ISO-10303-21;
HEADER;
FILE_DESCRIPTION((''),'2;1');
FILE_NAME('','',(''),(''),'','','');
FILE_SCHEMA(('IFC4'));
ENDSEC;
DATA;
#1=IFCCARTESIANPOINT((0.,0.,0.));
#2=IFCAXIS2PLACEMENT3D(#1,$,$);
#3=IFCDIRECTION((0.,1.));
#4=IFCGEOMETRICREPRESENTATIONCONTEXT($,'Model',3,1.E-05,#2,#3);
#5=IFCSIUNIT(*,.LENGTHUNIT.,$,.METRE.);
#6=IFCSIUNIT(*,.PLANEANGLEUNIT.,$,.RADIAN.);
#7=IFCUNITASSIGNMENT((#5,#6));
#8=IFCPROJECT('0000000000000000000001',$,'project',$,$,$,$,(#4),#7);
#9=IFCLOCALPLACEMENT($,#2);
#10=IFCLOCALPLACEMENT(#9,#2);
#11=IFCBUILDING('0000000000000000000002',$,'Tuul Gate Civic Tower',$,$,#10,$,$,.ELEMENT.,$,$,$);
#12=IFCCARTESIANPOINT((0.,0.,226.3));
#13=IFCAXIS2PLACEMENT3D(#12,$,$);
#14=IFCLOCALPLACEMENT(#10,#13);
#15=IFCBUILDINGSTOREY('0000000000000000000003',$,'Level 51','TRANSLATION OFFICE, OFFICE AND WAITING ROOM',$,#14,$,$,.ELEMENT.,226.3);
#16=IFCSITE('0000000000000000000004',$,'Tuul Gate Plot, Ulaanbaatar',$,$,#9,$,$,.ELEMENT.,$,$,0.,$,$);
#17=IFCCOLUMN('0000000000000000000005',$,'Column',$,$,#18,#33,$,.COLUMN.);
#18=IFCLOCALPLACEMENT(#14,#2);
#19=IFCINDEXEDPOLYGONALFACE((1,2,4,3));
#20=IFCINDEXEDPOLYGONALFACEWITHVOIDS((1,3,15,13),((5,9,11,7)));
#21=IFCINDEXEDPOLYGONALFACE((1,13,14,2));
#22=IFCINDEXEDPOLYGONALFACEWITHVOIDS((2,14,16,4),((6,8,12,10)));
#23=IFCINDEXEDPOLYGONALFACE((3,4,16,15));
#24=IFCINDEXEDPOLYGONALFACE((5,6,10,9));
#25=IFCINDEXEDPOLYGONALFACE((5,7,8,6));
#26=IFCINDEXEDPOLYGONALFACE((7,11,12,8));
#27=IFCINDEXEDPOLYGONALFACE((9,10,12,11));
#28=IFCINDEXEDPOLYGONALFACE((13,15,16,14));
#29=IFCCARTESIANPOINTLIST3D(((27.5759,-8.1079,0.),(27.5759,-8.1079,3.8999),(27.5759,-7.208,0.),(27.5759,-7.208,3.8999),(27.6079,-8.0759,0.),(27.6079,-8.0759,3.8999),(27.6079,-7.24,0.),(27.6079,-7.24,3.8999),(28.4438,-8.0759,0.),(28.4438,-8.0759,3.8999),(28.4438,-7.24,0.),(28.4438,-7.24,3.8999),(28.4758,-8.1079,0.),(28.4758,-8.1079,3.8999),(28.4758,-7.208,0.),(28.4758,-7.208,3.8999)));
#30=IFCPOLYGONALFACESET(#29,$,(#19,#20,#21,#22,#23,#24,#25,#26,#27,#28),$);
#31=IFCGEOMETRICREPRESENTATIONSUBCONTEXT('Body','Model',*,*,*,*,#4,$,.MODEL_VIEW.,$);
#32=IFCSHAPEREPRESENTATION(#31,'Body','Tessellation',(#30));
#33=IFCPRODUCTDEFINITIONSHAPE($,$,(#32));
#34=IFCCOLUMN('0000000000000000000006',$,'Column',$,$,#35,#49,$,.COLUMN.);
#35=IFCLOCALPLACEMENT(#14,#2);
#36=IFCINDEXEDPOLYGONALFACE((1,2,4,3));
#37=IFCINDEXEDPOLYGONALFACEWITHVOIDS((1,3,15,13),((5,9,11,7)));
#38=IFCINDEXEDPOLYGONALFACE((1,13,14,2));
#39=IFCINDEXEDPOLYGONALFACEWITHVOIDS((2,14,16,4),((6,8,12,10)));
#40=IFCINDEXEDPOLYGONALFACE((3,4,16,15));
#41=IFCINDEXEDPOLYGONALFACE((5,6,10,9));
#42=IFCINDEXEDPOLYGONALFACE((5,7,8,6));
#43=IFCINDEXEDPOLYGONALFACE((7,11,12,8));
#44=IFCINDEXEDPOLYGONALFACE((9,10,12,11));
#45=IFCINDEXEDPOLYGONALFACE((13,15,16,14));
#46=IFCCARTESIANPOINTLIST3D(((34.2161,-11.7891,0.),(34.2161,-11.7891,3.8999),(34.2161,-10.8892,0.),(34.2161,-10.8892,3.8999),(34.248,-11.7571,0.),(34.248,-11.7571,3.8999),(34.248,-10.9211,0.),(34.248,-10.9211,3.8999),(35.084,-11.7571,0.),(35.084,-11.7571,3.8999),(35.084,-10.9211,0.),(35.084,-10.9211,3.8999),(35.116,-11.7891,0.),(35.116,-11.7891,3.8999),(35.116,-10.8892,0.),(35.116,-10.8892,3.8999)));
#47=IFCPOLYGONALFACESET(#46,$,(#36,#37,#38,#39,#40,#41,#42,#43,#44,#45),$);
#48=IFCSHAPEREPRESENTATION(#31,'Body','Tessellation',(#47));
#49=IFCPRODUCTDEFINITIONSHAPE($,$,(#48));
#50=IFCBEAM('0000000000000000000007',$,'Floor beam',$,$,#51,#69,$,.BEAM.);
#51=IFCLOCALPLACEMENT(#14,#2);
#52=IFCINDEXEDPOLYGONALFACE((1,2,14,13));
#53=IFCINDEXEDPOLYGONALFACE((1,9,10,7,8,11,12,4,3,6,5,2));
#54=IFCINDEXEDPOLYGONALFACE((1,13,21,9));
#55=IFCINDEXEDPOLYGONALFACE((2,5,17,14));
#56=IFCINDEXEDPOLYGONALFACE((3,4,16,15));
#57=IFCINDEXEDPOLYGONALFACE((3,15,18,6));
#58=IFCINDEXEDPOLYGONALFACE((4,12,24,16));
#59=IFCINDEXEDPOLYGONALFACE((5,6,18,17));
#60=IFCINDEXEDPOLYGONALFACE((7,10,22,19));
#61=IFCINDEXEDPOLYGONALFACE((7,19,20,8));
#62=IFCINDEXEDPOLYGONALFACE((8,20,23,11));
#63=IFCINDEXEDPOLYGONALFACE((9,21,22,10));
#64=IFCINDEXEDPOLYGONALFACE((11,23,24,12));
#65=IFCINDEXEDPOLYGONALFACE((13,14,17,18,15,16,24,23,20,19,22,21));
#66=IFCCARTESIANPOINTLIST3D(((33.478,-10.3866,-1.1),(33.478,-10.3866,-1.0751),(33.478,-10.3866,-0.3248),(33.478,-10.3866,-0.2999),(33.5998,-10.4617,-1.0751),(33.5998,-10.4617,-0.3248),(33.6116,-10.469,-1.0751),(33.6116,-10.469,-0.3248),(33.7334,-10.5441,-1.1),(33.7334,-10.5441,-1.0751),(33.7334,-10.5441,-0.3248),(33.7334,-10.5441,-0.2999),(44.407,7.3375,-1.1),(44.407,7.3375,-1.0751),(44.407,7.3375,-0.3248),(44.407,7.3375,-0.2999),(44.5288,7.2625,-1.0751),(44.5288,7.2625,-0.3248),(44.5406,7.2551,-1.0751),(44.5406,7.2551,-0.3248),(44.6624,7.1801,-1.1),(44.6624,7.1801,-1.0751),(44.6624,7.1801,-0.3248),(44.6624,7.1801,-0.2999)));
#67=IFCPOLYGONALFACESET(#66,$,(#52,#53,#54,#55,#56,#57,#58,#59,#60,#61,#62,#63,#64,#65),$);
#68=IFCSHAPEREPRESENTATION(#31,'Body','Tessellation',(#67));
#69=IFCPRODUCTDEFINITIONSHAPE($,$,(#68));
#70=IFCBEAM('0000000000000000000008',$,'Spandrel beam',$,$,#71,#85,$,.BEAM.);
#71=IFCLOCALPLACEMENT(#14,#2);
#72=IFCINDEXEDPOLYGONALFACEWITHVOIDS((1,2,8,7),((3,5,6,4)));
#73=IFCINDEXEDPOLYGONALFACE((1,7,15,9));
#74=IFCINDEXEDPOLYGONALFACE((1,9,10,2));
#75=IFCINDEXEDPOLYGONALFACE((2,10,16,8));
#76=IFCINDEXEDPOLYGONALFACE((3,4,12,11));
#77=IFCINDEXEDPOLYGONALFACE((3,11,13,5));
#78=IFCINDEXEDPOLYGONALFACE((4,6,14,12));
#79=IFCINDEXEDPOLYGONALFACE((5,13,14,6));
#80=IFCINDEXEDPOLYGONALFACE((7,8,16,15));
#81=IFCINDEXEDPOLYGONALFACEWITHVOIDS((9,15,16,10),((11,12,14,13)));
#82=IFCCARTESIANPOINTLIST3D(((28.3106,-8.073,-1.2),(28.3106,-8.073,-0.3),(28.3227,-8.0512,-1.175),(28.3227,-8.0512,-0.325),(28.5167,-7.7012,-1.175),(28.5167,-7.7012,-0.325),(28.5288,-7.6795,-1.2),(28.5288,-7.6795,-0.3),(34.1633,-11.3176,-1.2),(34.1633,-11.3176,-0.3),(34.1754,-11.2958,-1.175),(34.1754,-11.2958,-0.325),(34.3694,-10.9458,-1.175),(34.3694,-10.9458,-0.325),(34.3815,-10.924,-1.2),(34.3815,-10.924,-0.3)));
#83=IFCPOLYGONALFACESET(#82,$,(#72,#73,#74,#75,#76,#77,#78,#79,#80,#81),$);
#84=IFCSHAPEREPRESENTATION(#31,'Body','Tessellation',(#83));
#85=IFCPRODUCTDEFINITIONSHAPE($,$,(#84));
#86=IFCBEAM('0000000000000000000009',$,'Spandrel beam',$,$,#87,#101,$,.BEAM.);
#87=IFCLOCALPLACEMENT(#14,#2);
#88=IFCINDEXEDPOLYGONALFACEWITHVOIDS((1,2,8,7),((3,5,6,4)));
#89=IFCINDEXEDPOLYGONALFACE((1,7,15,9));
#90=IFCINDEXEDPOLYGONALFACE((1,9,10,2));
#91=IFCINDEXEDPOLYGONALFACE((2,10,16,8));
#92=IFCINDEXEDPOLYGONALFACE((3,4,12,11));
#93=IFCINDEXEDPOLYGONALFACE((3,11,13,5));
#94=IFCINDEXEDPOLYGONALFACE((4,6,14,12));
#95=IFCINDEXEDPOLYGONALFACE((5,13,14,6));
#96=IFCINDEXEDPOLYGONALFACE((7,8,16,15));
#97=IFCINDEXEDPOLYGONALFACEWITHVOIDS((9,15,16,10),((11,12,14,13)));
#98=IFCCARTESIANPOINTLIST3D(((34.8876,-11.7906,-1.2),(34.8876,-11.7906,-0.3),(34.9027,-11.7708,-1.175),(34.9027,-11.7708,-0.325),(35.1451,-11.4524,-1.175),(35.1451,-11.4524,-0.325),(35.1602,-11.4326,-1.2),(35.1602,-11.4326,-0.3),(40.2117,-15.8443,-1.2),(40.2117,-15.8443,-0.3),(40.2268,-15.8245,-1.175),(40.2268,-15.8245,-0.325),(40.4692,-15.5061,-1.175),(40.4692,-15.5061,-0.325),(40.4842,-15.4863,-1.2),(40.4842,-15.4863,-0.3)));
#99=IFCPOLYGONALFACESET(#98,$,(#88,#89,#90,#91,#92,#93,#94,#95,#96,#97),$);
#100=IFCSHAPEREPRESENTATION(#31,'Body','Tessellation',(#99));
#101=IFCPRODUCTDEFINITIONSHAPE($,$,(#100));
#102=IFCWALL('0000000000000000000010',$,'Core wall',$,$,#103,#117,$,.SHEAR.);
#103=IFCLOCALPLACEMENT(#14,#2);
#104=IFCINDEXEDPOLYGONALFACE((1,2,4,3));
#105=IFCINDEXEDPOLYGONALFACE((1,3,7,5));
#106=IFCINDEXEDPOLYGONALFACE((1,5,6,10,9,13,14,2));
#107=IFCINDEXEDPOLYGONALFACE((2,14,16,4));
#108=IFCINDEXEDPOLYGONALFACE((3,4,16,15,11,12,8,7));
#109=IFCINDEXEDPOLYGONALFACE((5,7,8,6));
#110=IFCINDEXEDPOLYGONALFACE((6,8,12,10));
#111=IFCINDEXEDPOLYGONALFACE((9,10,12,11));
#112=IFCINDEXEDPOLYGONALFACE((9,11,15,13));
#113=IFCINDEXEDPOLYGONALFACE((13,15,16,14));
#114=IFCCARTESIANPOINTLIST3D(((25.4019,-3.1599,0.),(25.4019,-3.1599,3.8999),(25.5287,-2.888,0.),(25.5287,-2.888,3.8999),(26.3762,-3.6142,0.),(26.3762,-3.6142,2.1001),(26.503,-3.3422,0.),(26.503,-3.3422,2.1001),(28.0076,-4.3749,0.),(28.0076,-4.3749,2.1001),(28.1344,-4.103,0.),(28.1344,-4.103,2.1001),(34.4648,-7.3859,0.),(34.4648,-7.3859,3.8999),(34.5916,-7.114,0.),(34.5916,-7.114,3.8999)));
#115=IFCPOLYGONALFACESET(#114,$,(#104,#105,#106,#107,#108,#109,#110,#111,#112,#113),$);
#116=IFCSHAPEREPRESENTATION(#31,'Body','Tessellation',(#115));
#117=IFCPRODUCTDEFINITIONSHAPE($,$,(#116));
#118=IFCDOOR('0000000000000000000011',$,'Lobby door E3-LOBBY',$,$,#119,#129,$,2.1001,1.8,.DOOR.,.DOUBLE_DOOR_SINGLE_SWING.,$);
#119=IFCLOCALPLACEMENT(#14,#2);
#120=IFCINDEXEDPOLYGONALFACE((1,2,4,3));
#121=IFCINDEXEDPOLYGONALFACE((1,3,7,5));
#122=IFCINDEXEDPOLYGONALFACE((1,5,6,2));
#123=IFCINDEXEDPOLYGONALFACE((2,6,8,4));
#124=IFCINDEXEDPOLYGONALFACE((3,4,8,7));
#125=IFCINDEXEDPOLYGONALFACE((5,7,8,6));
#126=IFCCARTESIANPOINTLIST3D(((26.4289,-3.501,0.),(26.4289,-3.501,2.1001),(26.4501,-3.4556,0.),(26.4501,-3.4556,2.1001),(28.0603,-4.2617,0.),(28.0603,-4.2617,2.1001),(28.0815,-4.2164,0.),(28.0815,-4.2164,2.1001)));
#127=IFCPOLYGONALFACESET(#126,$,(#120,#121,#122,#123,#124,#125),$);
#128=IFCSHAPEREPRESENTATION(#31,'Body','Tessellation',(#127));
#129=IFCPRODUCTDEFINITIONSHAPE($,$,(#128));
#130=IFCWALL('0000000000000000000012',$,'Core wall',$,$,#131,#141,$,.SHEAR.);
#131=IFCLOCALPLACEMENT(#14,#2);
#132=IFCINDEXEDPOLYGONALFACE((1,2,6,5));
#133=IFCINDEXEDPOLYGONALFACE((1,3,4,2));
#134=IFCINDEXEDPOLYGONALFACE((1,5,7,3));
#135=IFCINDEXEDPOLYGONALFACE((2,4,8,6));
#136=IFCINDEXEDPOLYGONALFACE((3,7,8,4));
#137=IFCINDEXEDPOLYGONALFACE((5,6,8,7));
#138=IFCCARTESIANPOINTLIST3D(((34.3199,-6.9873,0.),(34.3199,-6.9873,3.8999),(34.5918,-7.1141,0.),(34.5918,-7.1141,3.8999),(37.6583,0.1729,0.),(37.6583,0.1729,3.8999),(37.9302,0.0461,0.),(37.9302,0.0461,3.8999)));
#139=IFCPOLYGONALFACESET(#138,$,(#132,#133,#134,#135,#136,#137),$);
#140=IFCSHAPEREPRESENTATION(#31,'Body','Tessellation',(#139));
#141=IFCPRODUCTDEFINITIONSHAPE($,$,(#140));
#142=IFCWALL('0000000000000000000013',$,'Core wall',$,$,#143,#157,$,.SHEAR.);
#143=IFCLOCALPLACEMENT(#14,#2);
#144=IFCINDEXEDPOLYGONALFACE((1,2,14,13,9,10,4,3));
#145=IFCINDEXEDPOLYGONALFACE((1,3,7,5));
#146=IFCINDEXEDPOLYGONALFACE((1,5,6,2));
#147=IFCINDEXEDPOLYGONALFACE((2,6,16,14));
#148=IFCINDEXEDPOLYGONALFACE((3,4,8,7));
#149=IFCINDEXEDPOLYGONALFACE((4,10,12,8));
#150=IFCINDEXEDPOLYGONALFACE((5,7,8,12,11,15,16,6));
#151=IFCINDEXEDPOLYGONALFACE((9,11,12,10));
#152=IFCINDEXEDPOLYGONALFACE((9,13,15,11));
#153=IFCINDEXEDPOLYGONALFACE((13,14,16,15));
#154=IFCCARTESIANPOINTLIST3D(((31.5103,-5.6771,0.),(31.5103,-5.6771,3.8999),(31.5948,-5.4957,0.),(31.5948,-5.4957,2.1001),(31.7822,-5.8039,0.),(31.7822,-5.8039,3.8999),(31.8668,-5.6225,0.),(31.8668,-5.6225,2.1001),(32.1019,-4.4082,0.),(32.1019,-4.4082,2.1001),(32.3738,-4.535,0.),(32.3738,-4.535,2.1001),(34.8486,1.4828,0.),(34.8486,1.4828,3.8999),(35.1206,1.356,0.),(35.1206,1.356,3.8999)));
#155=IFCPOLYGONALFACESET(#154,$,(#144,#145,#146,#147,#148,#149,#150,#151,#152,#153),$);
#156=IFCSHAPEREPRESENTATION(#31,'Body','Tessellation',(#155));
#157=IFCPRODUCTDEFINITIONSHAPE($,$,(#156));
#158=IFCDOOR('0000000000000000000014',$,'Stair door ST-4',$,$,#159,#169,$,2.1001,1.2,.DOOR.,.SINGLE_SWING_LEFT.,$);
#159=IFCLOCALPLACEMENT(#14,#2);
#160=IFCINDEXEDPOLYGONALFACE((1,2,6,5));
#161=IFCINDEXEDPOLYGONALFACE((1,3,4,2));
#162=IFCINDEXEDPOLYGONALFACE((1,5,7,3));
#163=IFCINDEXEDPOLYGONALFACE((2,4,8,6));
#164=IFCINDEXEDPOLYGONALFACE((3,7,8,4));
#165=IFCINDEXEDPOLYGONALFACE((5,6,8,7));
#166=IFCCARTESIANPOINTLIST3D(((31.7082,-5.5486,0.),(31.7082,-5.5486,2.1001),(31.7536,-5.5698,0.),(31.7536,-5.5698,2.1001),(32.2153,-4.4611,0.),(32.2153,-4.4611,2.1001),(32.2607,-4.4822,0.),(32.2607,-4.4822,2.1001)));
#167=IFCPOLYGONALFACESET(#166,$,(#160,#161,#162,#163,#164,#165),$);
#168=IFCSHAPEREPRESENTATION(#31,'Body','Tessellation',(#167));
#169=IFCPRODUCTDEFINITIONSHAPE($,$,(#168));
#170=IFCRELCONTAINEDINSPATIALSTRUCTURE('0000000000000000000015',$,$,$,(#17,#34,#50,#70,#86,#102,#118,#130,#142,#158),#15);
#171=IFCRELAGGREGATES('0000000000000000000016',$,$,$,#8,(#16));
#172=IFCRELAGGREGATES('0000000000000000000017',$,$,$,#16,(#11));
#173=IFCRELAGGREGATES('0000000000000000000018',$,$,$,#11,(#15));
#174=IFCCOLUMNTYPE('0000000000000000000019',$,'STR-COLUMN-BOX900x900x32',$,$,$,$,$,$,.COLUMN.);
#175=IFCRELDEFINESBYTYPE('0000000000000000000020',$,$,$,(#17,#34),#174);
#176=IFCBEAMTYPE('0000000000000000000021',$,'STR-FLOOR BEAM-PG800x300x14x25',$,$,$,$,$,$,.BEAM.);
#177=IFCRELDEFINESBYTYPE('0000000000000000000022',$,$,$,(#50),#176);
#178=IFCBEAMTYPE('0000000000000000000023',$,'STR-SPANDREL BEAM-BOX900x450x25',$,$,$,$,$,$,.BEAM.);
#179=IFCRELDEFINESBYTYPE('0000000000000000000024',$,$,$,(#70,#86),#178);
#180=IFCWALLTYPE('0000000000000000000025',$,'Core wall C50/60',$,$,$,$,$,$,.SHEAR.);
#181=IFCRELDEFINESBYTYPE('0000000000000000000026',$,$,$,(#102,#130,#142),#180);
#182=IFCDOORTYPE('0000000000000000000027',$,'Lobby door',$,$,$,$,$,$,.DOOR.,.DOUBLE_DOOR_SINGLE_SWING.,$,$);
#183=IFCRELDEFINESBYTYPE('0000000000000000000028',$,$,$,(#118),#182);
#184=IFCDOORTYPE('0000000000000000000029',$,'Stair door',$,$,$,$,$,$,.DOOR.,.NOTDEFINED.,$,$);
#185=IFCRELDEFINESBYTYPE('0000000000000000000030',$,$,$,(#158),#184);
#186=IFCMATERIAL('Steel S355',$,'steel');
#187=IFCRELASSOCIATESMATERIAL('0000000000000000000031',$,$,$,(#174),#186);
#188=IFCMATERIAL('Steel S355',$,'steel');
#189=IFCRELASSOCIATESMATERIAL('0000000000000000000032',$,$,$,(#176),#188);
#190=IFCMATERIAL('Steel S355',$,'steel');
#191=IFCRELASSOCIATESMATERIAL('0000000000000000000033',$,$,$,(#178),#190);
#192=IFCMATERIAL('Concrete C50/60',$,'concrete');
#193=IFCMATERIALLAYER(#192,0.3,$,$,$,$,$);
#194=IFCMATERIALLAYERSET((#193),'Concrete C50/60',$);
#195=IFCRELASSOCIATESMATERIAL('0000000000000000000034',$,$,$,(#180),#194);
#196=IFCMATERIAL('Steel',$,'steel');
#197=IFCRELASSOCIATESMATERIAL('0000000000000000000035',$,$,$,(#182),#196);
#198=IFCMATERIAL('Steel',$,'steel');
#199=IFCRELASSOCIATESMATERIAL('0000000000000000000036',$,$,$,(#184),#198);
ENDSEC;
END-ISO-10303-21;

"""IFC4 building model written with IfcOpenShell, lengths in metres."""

from ifc_helpers import new_model, si_unit, direction, frame, frame_2d, origin, origin_2d, place, context, subcontext, project, spatial, rectangle, hollow_rectangle, i_section, extrude, material, layer, layer_set, material_profile, profile_set, type_object, element, fill, save


model = new_model("IFC4")

# Units and contexts
model_context = context("Model", 3, precision=1e-05, world=origin(), true_north=direction((0.0, 1.0)))
body_context = subcontext(model_context, "Body", "Model", "MODEL_VIEW")
ifc_project = project(units=[si_unit("LENGTHUNIT", "METRE"), si_unit("PLANEANGLEUNIT", "RADIAN")], contexts=[model_context])

# Site, building, storey
site_placement = place(None, origin())
site = spatial("IfcSite", under=ifc_project, at=site_placement, Name="Tuul Gate Plot, Ulaanbaatar", CompositionType="ELEMENT", RefElevation=0.0)
building_placement = place(site_placement, origin())
building = spatial("IfcBuilding", under=site, at=building_placement, Name="Tuul Gate Civic Tower", CompositionType="ELEMENT")
storey_placement = place(building_placement, frame((0.0, 0.0, 226.3)))
storey = spatial("IfcBuildingStorey", under=building, at=storey_placement, Name="Level 51", Description="TRANSLATION OFFICE, OFFICE AND WAITING ROOM", CompositionType="ELEMENT", Elevation=226.3)

# Columns
ifc_material_1 = material(Name="Steel S355", Category="steel")
ifc_material_profile_1 = material_profile(ifc_material_1, hollow_rectangle(XDim=0.8999, YDim=0.8999, WallThickness=0.032, at=origin_2d()), Name="BOX900x900x32")
ifc_profile_set_1 = profile_set([ifc_material_profile_1], Name="Steel S355")
column_type = type_object("IfcColumnType", Name="STR-COLUMN-BOX900x900x32", PredefinedType="COLUMN", material=ifc_profile_set_1)
for number, where, z_axis, x_axis, name in (
    (1, (28.0259, -7.658, 0.0), (0.0, 0.0, 1.0), (1.0, 0.0, 0.0), "Column"),
    (2, (34.666, -11.3391, 0.0), (0.0, 0.0, 1.0), (1.0, 0.0, 0.0), "Column"),
):
    element("IfcColumn", number, at=place(storey_placement, frame(where, z_axis=z_axis, x_axis=x_axis)), inside=storey, type_object=column_type, Name=name, PredefinedType="COLUMN", context=body_context, shape_type="SweptSolid", body=[
        extrude(hollow_rectangle(XDim=0.8999, YDim=0.8999, WallThickness=0.032, at=origin_2d()), origin(), (0.0, 0.0, 1.0), 3.8999),
    ])

# Beams
ifc_material_2 = material(Name="Steel S355", Category="steel")
ifc_material_profile_2 = material_profile(ifc_material_2, i_section(OverallWidth=0.3, OverallDepth=0.8, WebThickness=0.0139, FlangeThickness=0.0249, at=origin_2d()), Name="PG800x300x14x25")
ifc_profile_set_2 = profile_set([ifc_material_profile_2], Name="Steel S355")
beam_type_1 = type_object("IfcBeamType", Name="STR-FLOOR BEAM-PG800x300x14x25", PredefinedType="BEAM", material=ifc_profile_set_2)
beam_1_placement = place(storey_placement, frame((33.6057, -10.4653, -0.7), z_axis=(0.524857, 0.851191, 0.0), x_axis=(-0.851191, 0.524857, 0.0)))
element("IfcBeam", 3, at=beam_1_placement, inside=storey, type_object=beam_type_1, Name="Floor beam", PredefinedType="BEAM", context=body_context, shape_type="SweptSolid", body=[
    extrude(i_section(OverallWidth=0.3, OverallDepth=0.8, WebThickness=0.0139, FlangeThickness=0.0249, at=origin_2d()), origin(), (0.0, 0.0, 1.0), 20.8228),
])
ifc_material_3 = material(Name="Steel S355", Category="steel")
ifc_material_profile_3 = material_profile(ifc_material_3, hollow_rectangle(XDim=0.45, YDim=0.8999, WallThickness=0.0249, at=origin_2d()), Name="BOX900x450x25")
ifc_profile_set_3 = profile_set([ifc_material_profile_3], Name="Steel S355")
beam_type_2 = type_object("IfcBeamType", Name="STR-SPANDREL BEAM-BOX900x450x25", PredefinedType="BEAM", material=ifc_profile_set_3)
beam_2_placement = place(storey_placement, frame((28.4197, -7.8762, -0.75), z_axis=(0.874596, -0.484853, 0.0), x_axis=(0.484853, 0.874596, 0.0)))
element("IfcBeam", 4, at=beam_2_placement, inside=storey, type_object=beam_type_2, Name="Spandrel beam", PredefinedType="BEAM", context=body_context, shape_type="SweptSolid", body=[
    extrude(hollow_rectangle(XDim=0.45, YDim=0.8999, WallThickness=0.0249, at=origin_2d()), origin(), (0.0, 0.0, 1.0), 6.6919),
])
beam_3_placement = place(storey_placement, frame((35.0239, -11.6116, -0.75), z_axis=(0.795623, -0.605793, 0.0), x_axis=(0.605793, 0.795623, 0.0)))
element("IfcBeam", 5, at=beam_3_placement, inside=storey, type_object=beam_type_2, Name="Spandrel beam", PredefinedType="BEAM", context=body_context, shape_type="SweptSolid", body=[
    extrude(hollow_rectangle(XDim=0.45, YDim=0.8999, WallThickness=0.0249, at=origin_2d()), origin(), (0.0, 0.0, 1.0), 6.6917),
])

# Wall, opening, door
ifc_material_4 = material(Name="Concrete C50/60", Category="concrete")
ifc_layer_1 = layer(ifc_material_4, 0.3)
ifc_layer_set_1 = layer_set([ifc_layer_1], Name="Concrete C50/60")
wall_type_1 = type_object("IfcWallType", Name="Core wall C50/60", PredefinedType="SHEAR", material=ifc_layer_set_1)
wall_1_placement = place(storey_placement, frame((34.5283, -7.25, 0.0), z_axis=(0.0, 0.0, 1.0), x_axis=(-0.90631, 0.422613, 0.0)))
wall_1 = element("IfcWall", 6, at=wall_1_placement, inside=storey, type_object=wall_type_1, Name="Core wall", PredefinedType="SHEAR", context=body_context, shape_type="SweptSolid", body=[
    extrude(rectangle(XDim=9.9998, YDim=0.3, at=frame_2d((5.0, 0.0))), origin(), (0.0, 0.0, 1.0), 3.8999),
])
opening_1_placement = place(wall_1_placement, frame((7.125, 0.0, 0.0)))
opening_1 = element("IfcOpeningElement", 7, at=opening_1_placement, cuts=wall_1, PredefinedType="OPENING", context=body_context, shape_type="SweptSolid", body=[
    extrude(rectangle(XDim=1.8, YDim=2.1001, at=frame_2d((0.8999, 1.05))), frame((0.0, 0.1602, 0.0), z_axis=(0.0, -1.0, 0.0), x_axis=(1.0, 0.0, 0.0)), (0.0, 0.0, 1.0), 0.3201),
])
ifc_material_5 = material(Name="Steel", Category="steel")
door_type_1 = type_object("IfcDoorType", Name="Lobby door", OperationType="DOUBLE_DOOR_SINGLE_SWING", PredefinedType="DOOR", material=ifc_material_5)
door_1_placement = place(opening_1_placement, frame((1.8, 0.0, 0.0), z_axis=(0.0, 0.0, 1.0), x_axis=(-1.0, 0.0, 0.0)))
door_1 = element("IfcDoor", 8, at=door_1_placement, inside=storey, type_object=door_type_1, Name="Lobby door E3-LOBBY", OperationType="DOUBLE_DOOR_SINGLE_SWING", OverallHeight=2.1001, OverallWidth=1.8, PredefinedType="DOOR", context=body_context, shape_type="SweptSolid", body=[
    extrude(rectangle(XDim=1.8, YDim=2.1001, at=frame_2d((0.9001, 1.05))), frame((0.0, 0.0249, 0.0), z_axis=(0.0, -1.0, 0.0), x_axis=(1.0, 0.0, 0.0)), (0.0, 0.0, 1.0), 0.05),
])
fill(opening_1, door_1)

# Wall
wall_2_placement = place(storey_placement, frame((34.4558, -7.0508, 0.0), z_axis=(0.0, 0.0, 1.0), x_axis=(0.422571, 0.90633, 0.0)))
element("IfcWall", 9, at=wall_2_placement, inside=storey, type_object=wall_type_1, Name="Core wall", PredefinedType="SHEAR", context=body_context, shape_type="SweptSolid", body=[
    extrude(rectangle(XDim=7.9001, YDim=0.3, at=frame_2d((3.9502, 0.0))), origin(), (0.0, 0.0, 1.0), 3.8999),
])

# Wall, opening, door
wall_3_placement = place(storey_placement, frame((31.6462, -5.7405, 0.0), z_axis=(0.0, 0.0, 1.0), x_axis=(0.422583, 0.906324, 0.0)))
wall_3 = element("IfcWall", 10, at=wall_3_placement, inside=storey, type_object=wall_type_1, Name="Core wall", PredefinedType="SHEAR", context=body_context, shape_type="SweptSolid", body=[
    extrude(rectangle(XDim=7.8999, YDim=0.3, at=frame_2d((3.95, 0.0))), origin(), (0.0, 0.0, 1.0), 3.8999),
])
opening_2_placement = place(wall_3_placement, frame((0.2, 0.0, 0.0)))
opening_2 = element("IfcOpeningElement", 11, at=opening_2_placement, cuts=wall_3, PredefinedType="OPENING", context=body_context, shape_type="SweptSolid", body=[
    extrude(rectangle(XDim=1.2, YDim=2.1001, at=frame_2d((0.6001, 1.05))), frame((0.0, 0.1602, 0.0), z_axis=(0.0, -1.0, 0.0), x_axis=(1.0, 0.0, 0.0)), (0.0, 0.0, 1.0), 0.3201),
])
ifc_material_6 = material(Name="Steel", Category="steel")
door_type_2 = type_object("IfcDoorType", Name="Stair door", OperationType="NOTDEFINED", PredefinedType="DOOR", material=ifc_material_6)
door_2_placement = place(opening_2_placement, origin())
door_2 = element("IfcDoor", 12, at=door_2_placement, inside=storey, type_object=door_type_2, Name="Stair door ST-4", OperationType="SINGLE_SWING_LEFT", OverallHeight=2.1001, OverallWidth=1.2, PredefinedType="DOOR", context=body_context, shape_type="SweptSolid", body=[
    extrude(rectangle(XDim=1.2, YDim=2.1001, at=frame_2d((0.6001, 1.05))), frame((0.0, 0.0249, 0.0), z_axis=(0.0, -1.0, 0.0), x_axis=(1.0, 0.0, 0.0)), (0.0, 0.0, 1.0), 0.05),
])
fill(opening_2, door_2)

save(model, "model.ifc")
